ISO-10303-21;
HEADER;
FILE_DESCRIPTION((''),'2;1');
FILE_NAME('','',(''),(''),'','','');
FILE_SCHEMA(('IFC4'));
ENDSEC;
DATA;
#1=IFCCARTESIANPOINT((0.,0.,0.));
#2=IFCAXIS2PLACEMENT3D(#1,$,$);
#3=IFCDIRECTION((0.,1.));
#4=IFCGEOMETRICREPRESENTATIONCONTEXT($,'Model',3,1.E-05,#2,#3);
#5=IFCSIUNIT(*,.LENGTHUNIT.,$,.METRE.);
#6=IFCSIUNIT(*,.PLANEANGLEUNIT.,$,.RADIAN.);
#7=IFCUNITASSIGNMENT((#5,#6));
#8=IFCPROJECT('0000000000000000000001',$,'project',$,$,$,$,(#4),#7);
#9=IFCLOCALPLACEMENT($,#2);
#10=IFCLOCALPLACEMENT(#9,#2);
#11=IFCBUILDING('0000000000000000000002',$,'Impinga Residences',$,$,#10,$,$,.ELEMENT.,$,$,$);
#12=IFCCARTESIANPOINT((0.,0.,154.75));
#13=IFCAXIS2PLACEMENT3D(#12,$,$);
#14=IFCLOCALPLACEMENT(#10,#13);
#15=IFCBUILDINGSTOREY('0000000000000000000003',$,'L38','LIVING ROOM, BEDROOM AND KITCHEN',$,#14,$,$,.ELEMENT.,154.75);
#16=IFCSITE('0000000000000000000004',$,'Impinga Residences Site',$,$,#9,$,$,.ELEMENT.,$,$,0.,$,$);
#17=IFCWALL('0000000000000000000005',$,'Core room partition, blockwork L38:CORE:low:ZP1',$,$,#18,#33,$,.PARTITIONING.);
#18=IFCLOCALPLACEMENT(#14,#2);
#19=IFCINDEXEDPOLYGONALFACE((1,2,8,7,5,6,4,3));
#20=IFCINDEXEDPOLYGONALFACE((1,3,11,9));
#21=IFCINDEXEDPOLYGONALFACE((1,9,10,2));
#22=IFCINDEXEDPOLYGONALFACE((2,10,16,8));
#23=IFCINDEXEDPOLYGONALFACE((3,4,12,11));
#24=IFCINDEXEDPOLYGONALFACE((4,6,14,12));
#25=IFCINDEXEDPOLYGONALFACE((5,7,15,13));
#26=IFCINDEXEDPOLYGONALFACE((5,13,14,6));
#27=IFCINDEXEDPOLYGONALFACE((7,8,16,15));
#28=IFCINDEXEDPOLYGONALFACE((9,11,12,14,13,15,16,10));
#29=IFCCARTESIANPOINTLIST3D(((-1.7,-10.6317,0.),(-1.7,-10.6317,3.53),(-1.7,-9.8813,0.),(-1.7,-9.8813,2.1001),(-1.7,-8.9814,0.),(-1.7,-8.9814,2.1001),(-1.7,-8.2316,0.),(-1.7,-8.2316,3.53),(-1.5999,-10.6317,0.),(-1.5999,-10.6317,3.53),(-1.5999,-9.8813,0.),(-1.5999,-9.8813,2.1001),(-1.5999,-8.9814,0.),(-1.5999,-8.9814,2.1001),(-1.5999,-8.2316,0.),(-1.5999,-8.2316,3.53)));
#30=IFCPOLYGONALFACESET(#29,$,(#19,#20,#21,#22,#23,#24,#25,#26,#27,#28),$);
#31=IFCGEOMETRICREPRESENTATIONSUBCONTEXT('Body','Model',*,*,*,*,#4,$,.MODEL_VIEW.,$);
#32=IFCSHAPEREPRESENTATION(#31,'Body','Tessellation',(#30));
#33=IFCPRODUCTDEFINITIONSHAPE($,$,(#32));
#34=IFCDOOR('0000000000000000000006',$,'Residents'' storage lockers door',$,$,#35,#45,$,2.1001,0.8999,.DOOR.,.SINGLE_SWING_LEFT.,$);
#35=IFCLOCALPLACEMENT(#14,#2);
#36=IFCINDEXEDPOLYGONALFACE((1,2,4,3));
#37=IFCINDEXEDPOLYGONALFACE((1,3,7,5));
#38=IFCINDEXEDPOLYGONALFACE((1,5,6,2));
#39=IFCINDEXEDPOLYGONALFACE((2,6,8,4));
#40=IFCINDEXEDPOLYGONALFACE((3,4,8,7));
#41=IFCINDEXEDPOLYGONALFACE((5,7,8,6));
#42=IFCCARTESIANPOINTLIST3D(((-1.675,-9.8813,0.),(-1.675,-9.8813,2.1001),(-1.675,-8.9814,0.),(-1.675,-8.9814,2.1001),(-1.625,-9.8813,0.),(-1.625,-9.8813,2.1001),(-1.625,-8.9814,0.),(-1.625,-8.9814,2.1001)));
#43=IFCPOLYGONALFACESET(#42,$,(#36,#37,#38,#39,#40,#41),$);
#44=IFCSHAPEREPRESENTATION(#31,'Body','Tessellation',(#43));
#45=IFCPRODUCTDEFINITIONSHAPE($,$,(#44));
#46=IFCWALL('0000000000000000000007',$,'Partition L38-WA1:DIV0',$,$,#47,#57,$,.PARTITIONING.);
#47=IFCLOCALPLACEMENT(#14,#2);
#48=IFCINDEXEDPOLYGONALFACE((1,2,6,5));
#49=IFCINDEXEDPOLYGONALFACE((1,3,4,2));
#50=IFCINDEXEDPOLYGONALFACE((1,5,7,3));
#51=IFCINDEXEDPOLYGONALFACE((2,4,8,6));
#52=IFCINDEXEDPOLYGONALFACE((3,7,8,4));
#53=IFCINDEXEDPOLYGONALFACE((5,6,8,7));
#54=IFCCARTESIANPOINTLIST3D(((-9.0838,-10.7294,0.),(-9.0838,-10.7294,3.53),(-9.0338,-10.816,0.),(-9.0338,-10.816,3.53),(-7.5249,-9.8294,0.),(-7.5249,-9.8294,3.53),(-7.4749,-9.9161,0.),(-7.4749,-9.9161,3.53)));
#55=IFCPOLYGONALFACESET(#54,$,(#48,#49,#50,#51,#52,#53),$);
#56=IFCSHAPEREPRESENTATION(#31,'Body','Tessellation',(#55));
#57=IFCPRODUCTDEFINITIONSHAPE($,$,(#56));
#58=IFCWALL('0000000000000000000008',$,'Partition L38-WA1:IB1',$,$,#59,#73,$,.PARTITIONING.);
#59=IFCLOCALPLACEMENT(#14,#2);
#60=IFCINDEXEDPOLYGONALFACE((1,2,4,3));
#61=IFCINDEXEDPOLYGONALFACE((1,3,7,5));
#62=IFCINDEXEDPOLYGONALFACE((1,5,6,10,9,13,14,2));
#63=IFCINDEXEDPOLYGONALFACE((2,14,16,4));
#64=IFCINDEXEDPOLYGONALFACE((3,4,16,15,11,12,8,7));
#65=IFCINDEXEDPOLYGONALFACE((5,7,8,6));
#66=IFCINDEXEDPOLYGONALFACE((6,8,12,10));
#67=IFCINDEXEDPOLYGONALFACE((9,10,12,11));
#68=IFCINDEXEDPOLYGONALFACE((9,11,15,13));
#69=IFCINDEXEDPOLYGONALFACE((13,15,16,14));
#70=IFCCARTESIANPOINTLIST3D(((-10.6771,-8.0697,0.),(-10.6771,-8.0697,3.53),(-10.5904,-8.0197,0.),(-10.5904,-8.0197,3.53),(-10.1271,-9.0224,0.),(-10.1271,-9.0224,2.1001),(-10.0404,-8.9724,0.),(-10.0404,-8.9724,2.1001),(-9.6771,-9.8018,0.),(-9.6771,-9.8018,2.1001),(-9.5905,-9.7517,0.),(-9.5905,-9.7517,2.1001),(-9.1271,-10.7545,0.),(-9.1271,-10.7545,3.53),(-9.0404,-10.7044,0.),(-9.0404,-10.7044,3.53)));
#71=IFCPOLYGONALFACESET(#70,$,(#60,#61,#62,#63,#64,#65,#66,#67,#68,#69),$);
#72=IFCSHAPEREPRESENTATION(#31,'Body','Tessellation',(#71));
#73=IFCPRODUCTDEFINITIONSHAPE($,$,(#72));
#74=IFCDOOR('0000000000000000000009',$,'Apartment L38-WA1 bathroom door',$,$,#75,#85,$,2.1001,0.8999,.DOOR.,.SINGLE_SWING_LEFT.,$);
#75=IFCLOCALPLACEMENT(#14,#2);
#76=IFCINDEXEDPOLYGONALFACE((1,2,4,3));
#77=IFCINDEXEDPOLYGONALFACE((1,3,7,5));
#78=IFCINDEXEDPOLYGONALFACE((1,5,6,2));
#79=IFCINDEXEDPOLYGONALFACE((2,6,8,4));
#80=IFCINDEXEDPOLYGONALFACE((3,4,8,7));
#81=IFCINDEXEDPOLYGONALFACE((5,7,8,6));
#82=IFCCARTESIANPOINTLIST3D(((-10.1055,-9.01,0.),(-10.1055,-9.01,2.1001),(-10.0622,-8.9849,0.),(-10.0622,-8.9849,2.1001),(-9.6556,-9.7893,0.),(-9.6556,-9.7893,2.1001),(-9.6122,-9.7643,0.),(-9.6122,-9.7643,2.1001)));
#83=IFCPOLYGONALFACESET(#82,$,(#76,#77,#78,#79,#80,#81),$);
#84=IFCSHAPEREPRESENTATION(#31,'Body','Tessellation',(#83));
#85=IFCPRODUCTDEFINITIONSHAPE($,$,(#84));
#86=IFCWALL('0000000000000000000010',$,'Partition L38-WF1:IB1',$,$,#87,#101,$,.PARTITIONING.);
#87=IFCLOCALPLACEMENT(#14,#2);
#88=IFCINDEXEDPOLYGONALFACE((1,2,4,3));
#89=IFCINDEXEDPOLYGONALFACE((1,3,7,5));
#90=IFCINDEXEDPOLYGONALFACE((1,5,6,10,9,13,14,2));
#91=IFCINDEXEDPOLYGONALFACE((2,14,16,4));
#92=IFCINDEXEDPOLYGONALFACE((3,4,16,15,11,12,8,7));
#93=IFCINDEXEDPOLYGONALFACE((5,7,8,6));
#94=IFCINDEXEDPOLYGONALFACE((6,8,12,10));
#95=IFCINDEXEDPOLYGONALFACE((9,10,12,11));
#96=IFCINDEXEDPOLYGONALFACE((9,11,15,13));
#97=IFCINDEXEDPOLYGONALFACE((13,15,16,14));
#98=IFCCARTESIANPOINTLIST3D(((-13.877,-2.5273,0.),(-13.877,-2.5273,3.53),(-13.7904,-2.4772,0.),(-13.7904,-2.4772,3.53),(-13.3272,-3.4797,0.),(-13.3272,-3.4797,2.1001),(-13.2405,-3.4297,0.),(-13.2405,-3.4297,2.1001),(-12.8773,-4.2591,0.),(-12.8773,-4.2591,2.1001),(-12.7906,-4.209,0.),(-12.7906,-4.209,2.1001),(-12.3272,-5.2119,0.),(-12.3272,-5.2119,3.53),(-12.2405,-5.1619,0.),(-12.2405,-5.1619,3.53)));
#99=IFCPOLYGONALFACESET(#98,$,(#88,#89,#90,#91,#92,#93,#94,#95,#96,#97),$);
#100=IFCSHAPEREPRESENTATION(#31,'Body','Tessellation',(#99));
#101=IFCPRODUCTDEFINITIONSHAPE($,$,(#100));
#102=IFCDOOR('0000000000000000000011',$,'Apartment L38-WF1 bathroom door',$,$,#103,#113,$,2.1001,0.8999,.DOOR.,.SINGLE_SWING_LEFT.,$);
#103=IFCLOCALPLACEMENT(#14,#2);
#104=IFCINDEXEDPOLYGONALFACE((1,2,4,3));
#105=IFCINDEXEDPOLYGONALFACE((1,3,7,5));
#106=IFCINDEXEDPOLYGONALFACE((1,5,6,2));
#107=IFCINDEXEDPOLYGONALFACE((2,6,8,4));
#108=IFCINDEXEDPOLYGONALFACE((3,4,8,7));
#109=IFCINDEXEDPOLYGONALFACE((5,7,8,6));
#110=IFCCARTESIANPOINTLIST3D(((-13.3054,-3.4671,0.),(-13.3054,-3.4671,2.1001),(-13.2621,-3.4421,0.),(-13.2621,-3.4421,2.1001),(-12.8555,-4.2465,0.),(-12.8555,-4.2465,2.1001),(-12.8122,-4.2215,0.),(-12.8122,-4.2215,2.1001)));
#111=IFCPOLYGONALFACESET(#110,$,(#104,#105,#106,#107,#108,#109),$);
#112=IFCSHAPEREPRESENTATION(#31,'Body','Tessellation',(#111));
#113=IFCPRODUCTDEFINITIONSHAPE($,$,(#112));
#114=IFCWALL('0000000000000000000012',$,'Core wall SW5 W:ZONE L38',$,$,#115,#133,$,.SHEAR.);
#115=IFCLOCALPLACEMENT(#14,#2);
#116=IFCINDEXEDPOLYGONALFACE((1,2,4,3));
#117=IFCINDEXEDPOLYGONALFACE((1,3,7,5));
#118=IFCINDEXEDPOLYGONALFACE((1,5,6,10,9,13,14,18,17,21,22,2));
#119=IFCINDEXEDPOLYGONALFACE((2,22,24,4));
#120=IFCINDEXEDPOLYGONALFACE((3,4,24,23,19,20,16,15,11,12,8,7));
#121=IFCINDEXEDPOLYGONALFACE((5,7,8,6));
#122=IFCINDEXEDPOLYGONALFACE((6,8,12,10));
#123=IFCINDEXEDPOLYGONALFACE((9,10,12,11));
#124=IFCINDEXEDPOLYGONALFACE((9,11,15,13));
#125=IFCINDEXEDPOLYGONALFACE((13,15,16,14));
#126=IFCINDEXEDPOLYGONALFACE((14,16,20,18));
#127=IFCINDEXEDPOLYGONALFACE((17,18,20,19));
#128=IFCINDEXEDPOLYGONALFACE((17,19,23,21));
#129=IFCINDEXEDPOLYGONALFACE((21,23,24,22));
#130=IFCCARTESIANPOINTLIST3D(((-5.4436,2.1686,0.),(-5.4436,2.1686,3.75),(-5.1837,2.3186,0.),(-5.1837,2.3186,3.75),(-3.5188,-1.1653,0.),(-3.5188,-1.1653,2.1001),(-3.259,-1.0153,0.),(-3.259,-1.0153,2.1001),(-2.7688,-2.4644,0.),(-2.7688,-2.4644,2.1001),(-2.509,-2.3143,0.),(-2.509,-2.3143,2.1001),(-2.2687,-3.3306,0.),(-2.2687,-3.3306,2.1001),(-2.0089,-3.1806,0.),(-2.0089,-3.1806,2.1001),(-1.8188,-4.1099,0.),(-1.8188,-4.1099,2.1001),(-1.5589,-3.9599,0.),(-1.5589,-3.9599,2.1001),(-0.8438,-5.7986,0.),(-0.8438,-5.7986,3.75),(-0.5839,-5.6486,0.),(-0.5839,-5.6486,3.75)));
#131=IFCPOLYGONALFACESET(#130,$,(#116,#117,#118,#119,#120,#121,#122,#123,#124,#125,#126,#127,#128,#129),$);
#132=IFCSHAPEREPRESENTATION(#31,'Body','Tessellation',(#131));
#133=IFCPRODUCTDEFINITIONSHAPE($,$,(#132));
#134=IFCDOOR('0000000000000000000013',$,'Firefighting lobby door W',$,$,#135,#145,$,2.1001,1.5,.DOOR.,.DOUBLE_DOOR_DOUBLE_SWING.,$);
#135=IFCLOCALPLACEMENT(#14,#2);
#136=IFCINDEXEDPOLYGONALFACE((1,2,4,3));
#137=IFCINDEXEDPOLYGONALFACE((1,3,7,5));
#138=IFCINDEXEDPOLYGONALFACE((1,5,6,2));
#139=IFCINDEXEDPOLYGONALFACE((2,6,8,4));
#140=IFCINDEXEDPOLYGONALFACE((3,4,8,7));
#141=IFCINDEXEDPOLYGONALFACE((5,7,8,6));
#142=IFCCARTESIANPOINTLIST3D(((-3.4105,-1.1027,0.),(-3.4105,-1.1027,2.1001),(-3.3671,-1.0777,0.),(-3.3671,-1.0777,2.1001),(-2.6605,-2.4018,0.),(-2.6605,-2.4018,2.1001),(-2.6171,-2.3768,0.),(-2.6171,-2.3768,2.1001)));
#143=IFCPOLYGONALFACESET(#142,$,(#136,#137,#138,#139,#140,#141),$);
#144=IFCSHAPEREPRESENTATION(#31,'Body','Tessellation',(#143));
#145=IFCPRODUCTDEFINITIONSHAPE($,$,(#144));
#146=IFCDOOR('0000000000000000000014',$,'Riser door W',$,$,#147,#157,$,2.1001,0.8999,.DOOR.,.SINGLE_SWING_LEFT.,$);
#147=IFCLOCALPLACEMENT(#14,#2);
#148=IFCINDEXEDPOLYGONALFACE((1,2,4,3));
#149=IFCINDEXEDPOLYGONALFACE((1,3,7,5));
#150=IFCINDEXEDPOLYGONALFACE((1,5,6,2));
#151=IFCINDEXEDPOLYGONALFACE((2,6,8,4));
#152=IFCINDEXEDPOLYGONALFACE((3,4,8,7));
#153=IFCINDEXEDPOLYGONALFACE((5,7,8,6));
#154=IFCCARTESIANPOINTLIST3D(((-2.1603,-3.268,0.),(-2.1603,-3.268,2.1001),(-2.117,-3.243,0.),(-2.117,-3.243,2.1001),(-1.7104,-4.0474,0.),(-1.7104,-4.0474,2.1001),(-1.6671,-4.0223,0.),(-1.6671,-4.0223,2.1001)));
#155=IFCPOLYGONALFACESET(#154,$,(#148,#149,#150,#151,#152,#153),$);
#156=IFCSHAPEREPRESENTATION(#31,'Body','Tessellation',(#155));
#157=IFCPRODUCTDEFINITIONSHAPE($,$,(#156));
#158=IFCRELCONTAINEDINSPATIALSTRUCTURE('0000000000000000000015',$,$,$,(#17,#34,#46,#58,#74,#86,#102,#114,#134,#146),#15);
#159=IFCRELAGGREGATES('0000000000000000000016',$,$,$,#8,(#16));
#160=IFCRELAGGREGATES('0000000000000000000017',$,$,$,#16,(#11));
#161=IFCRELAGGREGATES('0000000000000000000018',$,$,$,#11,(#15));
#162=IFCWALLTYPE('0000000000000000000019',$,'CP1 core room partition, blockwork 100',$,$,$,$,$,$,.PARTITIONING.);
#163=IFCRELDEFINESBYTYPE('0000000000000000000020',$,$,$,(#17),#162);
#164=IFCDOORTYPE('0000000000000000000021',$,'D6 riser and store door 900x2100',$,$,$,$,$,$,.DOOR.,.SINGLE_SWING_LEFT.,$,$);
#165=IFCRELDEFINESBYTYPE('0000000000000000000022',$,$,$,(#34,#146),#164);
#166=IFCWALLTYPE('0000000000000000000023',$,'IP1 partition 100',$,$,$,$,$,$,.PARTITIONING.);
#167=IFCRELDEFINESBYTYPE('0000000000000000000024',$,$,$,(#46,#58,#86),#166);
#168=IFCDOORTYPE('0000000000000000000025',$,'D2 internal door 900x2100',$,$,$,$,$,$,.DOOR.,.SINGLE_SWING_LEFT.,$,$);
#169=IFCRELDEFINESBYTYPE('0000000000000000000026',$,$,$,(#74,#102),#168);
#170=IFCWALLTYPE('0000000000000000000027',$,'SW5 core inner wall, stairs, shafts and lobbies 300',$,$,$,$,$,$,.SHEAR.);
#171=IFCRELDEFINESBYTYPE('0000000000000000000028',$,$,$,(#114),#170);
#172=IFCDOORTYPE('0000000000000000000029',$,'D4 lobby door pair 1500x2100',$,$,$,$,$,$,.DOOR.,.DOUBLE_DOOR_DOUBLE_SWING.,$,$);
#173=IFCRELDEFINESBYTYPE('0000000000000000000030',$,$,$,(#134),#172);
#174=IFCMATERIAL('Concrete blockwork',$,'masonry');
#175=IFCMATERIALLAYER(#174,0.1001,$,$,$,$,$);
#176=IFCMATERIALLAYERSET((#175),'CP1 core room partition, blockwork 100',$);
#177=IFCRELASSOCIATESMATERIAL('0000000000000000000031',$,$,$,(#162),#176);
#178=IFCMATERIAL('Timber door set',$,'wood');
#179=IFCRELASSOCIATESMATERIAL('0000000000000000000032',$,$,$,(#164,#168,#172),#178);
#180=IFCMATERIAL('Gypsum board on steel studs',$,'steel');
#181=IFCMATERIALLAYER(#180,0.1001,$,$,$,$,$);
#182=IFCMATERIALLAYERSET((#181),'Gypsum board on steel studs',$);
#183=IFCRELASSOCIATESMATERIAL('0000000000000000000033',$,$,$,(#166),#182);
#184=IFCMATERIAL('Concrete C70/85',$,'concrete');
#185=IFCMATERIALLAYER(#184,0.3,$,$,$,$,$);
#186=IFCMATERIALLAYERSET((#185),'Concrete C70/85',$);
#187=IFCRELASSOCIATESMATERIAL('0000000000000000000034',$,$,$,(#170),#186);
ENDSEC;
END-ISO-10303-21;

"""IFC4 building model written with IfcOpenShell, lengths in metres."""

from ifc_helpers import new_model, si_unit, direction, frame, frame_2d, origin, place, context, subcontext, project, spatial, rectangle, extrude, material, layer, layer_set, type_object, element, fill, save


model = new_model("IFC4")

# Units and contexts
model_context = context("Model", 3, precision=1e-05, world=origin(), true_north=direction((0.0, 1.0)))
body_context = subcontext(model_context, "Body", "Model", "MODEL_VIEW")
ifc_project = project(units=[si_unit("LENGTHUNIT", "METRE"), si_unit("PLANEANGLEUNIT", "RADIAN")], contexts=[model_context])

# Site, building, storey
site_placement = place(None, origin())
site = spatial("IfcSite", under=ifc_project, at=site_placement, Name="Impinga Residences Site", CompositionType="ELEMENT", RefElevation=0.0)
building_placement = place(site_placement, origin())
building = spatial("IfcBuilding", under=site, at=building_placement, Name="Impinga Residences", CompositionType="ELEMENT")
storey_placement = place(building_placement, frame((0.0, 0.0, 154.75)))
storey = spatial("IfcBuildingStorey", under=building, at=storey_placement, Name="L38", Description="LIVING ROOM, BEDROOM AND KITCHEN", CompositionType="ELEMENT", Elevation=154.75)

# Shared definitions
ifc_material_1 = material(Name="Timber door set", Category="wood")

# Wall, opening, door
ifc_material_2 = material(Name="Concrete blockwork", Category="masonry")
ifc_layer_1 = layer(ifc_material_2, 0.1001)
ifc_layer_set_1 = layer_set([ifc_layer_1], Name="CP1 core room partition, blockwork 100")
wall_type_1 = type_object("IfcWallType", Name="CP1 core room partition, blockwork 100", PredefinedType="PARTITIONING", material=ifc_layer_set_1)
wall_1_placement = place(storey_placement, frame((-1.6499, -8.2314, 0.0), z_axis=(0.0, 0.0, 1.0), x_axis=(0.0, -1.0, 0.0)))
wall_1 = element("IfcWall", 1, at=wall_1_placement, inside=storey, type_object=wall_type_1, Name="Core room partition, blockwork L38:CORE:low:ZP1", PredefinedType="PARTITIONING", context=body_context, shape_type="SweptSolid", body=[
    extrude(rectangle(XDim=2.4001, YDim=0.1001, at=frame_2d((1.2002, 0.0))), origin(), (0.0, 0.0, 1.0), 3.53),
])
opening_1_placement = place(wall_1_placement, frame((0.75, 0.0, 0.0)))
opening_1 = element("IfcOpeningElement", 2, at=opening_1_placement, cuts=wall_1, PredefinedType="OPENING", context=body_context, shape_type="SweptSolid", body=[
    extrude(rectangle(XDim=0.8999, YDim=2.1001, at=frame_2d((0.45, 1.05))), frame((0.0, 0.0601, 0.0), z_axis=(0.0, -1.0, 0.0), x_axis=(1.0, 0.0, 0.0)), (0.0, 0.0, 1.0), 0.1201),
])
door_type_1 = type_object("IfcDoorType", Name="D6 riser and store door 900x2100", OperationType="SINGLE_SWING_LEFT", PredefinedType="DOOR", material=ifc_material_1)
door_1_placement = place(opening_1_placement, origin())
door_1 = element("IfcDoor", 3, at=door_1_placement, inside=storey, type_object=door_type_1, Name="Residents' storage lockers door", OperationType="SINGLE_SWING_LEFT", OverallHeight=2.1001, OverallWidth=0.8999, PredefinedType="DOOR", context=body_context, shape_type="SweptSolid", body=[
    extrude(rectangle(XDim=0.8999, YDim=2.1001, at=frame_2d((0.45, 1.05))), frame((0.0, 0.0249, 0.0), z_axis=(0.0, -1.0, 0.0), x_axis=(1.0, 0.0, 0.0)), (0.0, 0.0, 1.0), 0.05),
])
fill(opening_1, door_1)

# Wall
ifc_material_3 = material(Name="Gypsum board on steel studs", Category="steel")
ifc_layer_2 = layer(ifc_material_3, 0.1001)
ifc_layer_set_2 = layer_set([ifc_layer_2], Name="Gypsum board on steel studs")
wall_type_2 = type_object("IfcWallType", Name="IP1 partition 100", PredefinedType="PARTITIONING", material=ifc_layer_set_2)
wall_2_placement = place(storey_placement, frame((-7.5, -9.8728, 0.0), z_axis=(0.0, 0.0, 1.0), x_axis=(-0.866048, -0.499961, 0.0)))
element("IfcWall", 4, at=wall_2_placement, inside=storey, type_object=wall_type_2, Name="Partition L38-WA1:DIV0", PredefinedType="PARTITIONING", context=body_context, shape_type="SweptSolid", body=[
    extrude(rectangle(XDim=1.8, YDim=0.1001, at=frame_2d((0.8999, 0.0))), origin(), (0.0, 0.0, 1.0), 3.53),
])

# Walls, openings, doors
wall_3_placement = place(storey_placement, frame((-10.6338, -8.0447, 0.0), z_axis=(0.0, 0.0, 1.0), x_axis=(0.499993, -0.86603, 0.0)))
wall_3 = element("IfcWall", 5, at=wall_3_placement, inside=storey, type_object=wall_type_2, Name="Partition L38-WA1:IB1", PredefinedType="PARTITIONING", context=body_context, shape_type="SweptSolid", body=[
    extrude(rectangle(XDim=3.1001, YDim=0.1001, at=frame_2d((1.55, 0.0))), origin(), (0.0, 0.0, 1.0), 3.53),
])
opening_2_placement = place(wall_3_placement, frame((1.1001, 0.0, 0.0)))
opening_2 = element("IfcOpeningElement", 6, at=opening_2_placement, cuts=wall_3, PredefinedType="OPENING", context=body_context, shape_type="SweptSolid", body=[
    extrude(rectangle(XDim=0.8999, YDim=2.1001, at=frame_2d((0.45, 1.05))), frame((0.0, 0.0601, 0.0), z_axis=(0.0, -1.0, 0.0), x_axis=(1.0, 0.0, 0.0)), (0.0, 0.0, 1.0), 0.1201),
])
door_type_2 = type_object("IfcDoorType", Name="D2 internal door 900x2100", OperationType="SINGLE_SWING_LEFT", PredefinedType="DOOR", material=ifc_material_1)
door_2_placement = place(opening_2_placement, origin())
door_2 = element("IfcDoor", 7, at=door_2_placement, inside=storey, type_object=door_type_2, Name="Apartment L38-WA1 bathroom door", OperationType="SINGLE_SWING_LEFT", OverallHeight=2.1001, OverallWidth=0.8999, PredefinedType="DOOR", context=body_context, shape_type="SweptSolid", body=[
    extrude(rectangle(XDim=0.8999, YDim=2.1001, at=frame_2d((0.45, 1.05))), frame((0.0, 0.0249, 0.0), z_axis=(0.0, -1.0, 0.0), x_axis=(1.0, 0.0, 0.0)), (0.0, 0.0, 1.0), 0.05),
])
fill(opening_2, door_2)
wall_4_placement = place(storey_placement, frame((-12.2839, -5.1868, 0.0), z_axis=(0.0, 0.0, 1.0), x_axis=(-0.499968, 0.866044, 0.0)))
wall_4 = element("IfcWall", 8, at=wall_4_placement, inside=storey, type_object=wall_type_2, Name="Partition L38-WF1:IB1", PredefinedType="PARTITIONING", context=body_context, shape_type="SweptSolid", body=[
    extrude(rectangle(XDim=3.0999, YDim=0.1001, at=frame_2d((1.5498, 0.0))), origin(), (0.0, 0.0, 1.0), 3.53),
])
opening_3_placement = place(wall_4_placement, frame((1.1001, 0.0, 0.0)))
opening_3 = element("IfcOpeningElement", 9, at=opening_3_placement, cuts=wall_4, PredefinedType="OPENING", context=body_context, shape_type="SweptSolid", body=[
    extrude(rectangle(XDim=0.8999, YDim=2.1001, at=frame_2d((0.45, 1.05))), frame((0.0, 0.0601, 0.0), z_axis=(0.0, -1.0, 0.0), x_axis=(1.0, 0.0, 0.0)), (0.0, 0.0, 1.0), 0.1201),
])
door_3_placement = place(opening_3_placement, origin())
door_3 = element("IfcDoor", 10, at=door_3_placement, inside=storey, type_object=door_type_2, Name="Apartment L38-WF1 bathroom door", OperationType="SINGLE_SWING_LEFT", OverallHeight=2.1001, OverallWidth=0.8999, PredefinedType="DOOR", context=body_context, shape_type="SweptSolid", body=[
    extrude(rectangle(XDim=0.8999, YDim=2.1001, at=frame_2d((0.45, 1.05))), frame((0.0, 0.0249, 0.0), z_axis=(0.0, -1.0, 0.0), x_axis=(1.0, 0.0, 0.0)), (0.0, 0.0, 1.0), 0.05),
])
fill(opening_3, door_3)

# Wall, openings, doors
ifc_material_4 = material(Name="Concrete C70/85", Category="concrete")
ifc_layer_3 = layer(ifc_material_4, 0.3)
ifc_layer_set_3 = layer_set([ifc_layer_3], Name="Concrete C70/85")
wall_type_3 = type_object("IfcWallType", Name="SW5 core inner wall, stairs, shafts and lobbies 300", PredefinedType="SHEAR", material=ifc_layer_set_3)
wall_5_placement = place(storey_placement, frame((-0.7139, -5.7236, 0.0), z_axis=(0.0, 0.0, 1.0), x_axis=(-0.499995, 0.866028, 0.0)))
wall_5 = element("IfcWall", 11, at=wall_5_placement, inside=storey, type_object=wall_type_3, Name="Core wall SW5 W:ZONE L38", PredefinedType="SHEAR", context=body_context, shape_type="SweptSolid", body=[
    extrude(rectangle(XDim=9.1997, YDim=0.3, at=frame_2d((4.5999, 0.0))), origin(), (0.0, 0.0, 1.0), 3.75),
])
opening_4_placement = place(wall_5_placement, frame((3.8501, 0.0, 0.0)))
opening_4 = element("IfcOpeningElement", 12, at=opening_4_placement, cuts=wall_5, PredefinedType="OPENING", context=body_context, shape_type="SweptSolid", body=[
    extrude(rectangle(XDim=1.5, YDim=2.1001, at=frame_2d((0.75, 1.05))), frame((0.0, 0.1599, 0.0), z_axis=(0.0, -1.0, 0.0), x_axis=(1.0, 0.0, 0.0)), (0.0, 0.0, 1.0), 0.3201),
])
opening_5_placement = place(wall_5_placement, frame((1.95, 0.0, 0.0)))
opening_5 = element("IfcOpeningElement", 13, at=opening_5_placement, cuts=wall_5, PredefinedType="OPENING", context=body_context, shape_type="SweptSolid", body=[
    extrude(rectangle(XDim=0.8999, YDim=2.1001, at=frame_2d((0.45, 1.05))), frame((0.0, 0.1599, 0.0), z_axis=(0.0, -1.0, 0.0), x_axis=(1.0, 0.0, 0.0)), (0.0, 0.0, 1.0), 0.3201),
])
door_type_3 = type_object("IfcDoorType", Name="D4 lobby door pair 1500x2100", OperationType="DOUBLE_DOOR_DOUBLE_SWING", PredefinedType="DOOR", material=ifc_material_1)
door_4_placement = place(opening_4_placement, origin())
door_4 = element("IfcDoor", 14, at=door_4_placement, inside=storey, type_object=door_type_3, Name="Firefighting lobby door W", OperationType="DOUBLE_DOOR_DOUBLE_SWING", OverallHeight=2.1001, OverallWidth=1.5, PredefinedType="DOOR", context=body_context, shape_type="SweptSolid", body=[
    extrude(rectangle(XDim=1.5, YDim=2.1001, at=frame_2d((0.75, 1.05))), frame((0.0, 0.0249, 0.0), z_axis=(0.0, -1.0, 0.0), x_axis=(1.0, 0.0, 0.0)), (0.0, 0.0, 1.0), 0.05),
])
fill(opening_4, door_4)
door_5_placement = place(opening_5_placement, origin())
door_5 = element("IfcDoor", 15, at=door_5_placement, inside=storey, type_object=door_type_1, Name="Riser door W", OperationType="SINGLE_SWING_LEFT", OverallHeight=2.1001, OverallWidth=0.8999, PredefinedType="DOOR", context=body_context, shape_type="SweptSolid", body=[
    extrude(rectangle(XDim=0.8999, YDim=2.1001, at=frame_2d((0.45, 1.05))), frame((0.0, 0.0249, 0.0), z_axis=(0.0, -1.0, 0.0), x_axis=(1.0, 0.0, 0.0)), (0.0, 0.0, 1.0), 0.05),
])
fill(opening_5, door_5)

save(model, "model.ifc")
